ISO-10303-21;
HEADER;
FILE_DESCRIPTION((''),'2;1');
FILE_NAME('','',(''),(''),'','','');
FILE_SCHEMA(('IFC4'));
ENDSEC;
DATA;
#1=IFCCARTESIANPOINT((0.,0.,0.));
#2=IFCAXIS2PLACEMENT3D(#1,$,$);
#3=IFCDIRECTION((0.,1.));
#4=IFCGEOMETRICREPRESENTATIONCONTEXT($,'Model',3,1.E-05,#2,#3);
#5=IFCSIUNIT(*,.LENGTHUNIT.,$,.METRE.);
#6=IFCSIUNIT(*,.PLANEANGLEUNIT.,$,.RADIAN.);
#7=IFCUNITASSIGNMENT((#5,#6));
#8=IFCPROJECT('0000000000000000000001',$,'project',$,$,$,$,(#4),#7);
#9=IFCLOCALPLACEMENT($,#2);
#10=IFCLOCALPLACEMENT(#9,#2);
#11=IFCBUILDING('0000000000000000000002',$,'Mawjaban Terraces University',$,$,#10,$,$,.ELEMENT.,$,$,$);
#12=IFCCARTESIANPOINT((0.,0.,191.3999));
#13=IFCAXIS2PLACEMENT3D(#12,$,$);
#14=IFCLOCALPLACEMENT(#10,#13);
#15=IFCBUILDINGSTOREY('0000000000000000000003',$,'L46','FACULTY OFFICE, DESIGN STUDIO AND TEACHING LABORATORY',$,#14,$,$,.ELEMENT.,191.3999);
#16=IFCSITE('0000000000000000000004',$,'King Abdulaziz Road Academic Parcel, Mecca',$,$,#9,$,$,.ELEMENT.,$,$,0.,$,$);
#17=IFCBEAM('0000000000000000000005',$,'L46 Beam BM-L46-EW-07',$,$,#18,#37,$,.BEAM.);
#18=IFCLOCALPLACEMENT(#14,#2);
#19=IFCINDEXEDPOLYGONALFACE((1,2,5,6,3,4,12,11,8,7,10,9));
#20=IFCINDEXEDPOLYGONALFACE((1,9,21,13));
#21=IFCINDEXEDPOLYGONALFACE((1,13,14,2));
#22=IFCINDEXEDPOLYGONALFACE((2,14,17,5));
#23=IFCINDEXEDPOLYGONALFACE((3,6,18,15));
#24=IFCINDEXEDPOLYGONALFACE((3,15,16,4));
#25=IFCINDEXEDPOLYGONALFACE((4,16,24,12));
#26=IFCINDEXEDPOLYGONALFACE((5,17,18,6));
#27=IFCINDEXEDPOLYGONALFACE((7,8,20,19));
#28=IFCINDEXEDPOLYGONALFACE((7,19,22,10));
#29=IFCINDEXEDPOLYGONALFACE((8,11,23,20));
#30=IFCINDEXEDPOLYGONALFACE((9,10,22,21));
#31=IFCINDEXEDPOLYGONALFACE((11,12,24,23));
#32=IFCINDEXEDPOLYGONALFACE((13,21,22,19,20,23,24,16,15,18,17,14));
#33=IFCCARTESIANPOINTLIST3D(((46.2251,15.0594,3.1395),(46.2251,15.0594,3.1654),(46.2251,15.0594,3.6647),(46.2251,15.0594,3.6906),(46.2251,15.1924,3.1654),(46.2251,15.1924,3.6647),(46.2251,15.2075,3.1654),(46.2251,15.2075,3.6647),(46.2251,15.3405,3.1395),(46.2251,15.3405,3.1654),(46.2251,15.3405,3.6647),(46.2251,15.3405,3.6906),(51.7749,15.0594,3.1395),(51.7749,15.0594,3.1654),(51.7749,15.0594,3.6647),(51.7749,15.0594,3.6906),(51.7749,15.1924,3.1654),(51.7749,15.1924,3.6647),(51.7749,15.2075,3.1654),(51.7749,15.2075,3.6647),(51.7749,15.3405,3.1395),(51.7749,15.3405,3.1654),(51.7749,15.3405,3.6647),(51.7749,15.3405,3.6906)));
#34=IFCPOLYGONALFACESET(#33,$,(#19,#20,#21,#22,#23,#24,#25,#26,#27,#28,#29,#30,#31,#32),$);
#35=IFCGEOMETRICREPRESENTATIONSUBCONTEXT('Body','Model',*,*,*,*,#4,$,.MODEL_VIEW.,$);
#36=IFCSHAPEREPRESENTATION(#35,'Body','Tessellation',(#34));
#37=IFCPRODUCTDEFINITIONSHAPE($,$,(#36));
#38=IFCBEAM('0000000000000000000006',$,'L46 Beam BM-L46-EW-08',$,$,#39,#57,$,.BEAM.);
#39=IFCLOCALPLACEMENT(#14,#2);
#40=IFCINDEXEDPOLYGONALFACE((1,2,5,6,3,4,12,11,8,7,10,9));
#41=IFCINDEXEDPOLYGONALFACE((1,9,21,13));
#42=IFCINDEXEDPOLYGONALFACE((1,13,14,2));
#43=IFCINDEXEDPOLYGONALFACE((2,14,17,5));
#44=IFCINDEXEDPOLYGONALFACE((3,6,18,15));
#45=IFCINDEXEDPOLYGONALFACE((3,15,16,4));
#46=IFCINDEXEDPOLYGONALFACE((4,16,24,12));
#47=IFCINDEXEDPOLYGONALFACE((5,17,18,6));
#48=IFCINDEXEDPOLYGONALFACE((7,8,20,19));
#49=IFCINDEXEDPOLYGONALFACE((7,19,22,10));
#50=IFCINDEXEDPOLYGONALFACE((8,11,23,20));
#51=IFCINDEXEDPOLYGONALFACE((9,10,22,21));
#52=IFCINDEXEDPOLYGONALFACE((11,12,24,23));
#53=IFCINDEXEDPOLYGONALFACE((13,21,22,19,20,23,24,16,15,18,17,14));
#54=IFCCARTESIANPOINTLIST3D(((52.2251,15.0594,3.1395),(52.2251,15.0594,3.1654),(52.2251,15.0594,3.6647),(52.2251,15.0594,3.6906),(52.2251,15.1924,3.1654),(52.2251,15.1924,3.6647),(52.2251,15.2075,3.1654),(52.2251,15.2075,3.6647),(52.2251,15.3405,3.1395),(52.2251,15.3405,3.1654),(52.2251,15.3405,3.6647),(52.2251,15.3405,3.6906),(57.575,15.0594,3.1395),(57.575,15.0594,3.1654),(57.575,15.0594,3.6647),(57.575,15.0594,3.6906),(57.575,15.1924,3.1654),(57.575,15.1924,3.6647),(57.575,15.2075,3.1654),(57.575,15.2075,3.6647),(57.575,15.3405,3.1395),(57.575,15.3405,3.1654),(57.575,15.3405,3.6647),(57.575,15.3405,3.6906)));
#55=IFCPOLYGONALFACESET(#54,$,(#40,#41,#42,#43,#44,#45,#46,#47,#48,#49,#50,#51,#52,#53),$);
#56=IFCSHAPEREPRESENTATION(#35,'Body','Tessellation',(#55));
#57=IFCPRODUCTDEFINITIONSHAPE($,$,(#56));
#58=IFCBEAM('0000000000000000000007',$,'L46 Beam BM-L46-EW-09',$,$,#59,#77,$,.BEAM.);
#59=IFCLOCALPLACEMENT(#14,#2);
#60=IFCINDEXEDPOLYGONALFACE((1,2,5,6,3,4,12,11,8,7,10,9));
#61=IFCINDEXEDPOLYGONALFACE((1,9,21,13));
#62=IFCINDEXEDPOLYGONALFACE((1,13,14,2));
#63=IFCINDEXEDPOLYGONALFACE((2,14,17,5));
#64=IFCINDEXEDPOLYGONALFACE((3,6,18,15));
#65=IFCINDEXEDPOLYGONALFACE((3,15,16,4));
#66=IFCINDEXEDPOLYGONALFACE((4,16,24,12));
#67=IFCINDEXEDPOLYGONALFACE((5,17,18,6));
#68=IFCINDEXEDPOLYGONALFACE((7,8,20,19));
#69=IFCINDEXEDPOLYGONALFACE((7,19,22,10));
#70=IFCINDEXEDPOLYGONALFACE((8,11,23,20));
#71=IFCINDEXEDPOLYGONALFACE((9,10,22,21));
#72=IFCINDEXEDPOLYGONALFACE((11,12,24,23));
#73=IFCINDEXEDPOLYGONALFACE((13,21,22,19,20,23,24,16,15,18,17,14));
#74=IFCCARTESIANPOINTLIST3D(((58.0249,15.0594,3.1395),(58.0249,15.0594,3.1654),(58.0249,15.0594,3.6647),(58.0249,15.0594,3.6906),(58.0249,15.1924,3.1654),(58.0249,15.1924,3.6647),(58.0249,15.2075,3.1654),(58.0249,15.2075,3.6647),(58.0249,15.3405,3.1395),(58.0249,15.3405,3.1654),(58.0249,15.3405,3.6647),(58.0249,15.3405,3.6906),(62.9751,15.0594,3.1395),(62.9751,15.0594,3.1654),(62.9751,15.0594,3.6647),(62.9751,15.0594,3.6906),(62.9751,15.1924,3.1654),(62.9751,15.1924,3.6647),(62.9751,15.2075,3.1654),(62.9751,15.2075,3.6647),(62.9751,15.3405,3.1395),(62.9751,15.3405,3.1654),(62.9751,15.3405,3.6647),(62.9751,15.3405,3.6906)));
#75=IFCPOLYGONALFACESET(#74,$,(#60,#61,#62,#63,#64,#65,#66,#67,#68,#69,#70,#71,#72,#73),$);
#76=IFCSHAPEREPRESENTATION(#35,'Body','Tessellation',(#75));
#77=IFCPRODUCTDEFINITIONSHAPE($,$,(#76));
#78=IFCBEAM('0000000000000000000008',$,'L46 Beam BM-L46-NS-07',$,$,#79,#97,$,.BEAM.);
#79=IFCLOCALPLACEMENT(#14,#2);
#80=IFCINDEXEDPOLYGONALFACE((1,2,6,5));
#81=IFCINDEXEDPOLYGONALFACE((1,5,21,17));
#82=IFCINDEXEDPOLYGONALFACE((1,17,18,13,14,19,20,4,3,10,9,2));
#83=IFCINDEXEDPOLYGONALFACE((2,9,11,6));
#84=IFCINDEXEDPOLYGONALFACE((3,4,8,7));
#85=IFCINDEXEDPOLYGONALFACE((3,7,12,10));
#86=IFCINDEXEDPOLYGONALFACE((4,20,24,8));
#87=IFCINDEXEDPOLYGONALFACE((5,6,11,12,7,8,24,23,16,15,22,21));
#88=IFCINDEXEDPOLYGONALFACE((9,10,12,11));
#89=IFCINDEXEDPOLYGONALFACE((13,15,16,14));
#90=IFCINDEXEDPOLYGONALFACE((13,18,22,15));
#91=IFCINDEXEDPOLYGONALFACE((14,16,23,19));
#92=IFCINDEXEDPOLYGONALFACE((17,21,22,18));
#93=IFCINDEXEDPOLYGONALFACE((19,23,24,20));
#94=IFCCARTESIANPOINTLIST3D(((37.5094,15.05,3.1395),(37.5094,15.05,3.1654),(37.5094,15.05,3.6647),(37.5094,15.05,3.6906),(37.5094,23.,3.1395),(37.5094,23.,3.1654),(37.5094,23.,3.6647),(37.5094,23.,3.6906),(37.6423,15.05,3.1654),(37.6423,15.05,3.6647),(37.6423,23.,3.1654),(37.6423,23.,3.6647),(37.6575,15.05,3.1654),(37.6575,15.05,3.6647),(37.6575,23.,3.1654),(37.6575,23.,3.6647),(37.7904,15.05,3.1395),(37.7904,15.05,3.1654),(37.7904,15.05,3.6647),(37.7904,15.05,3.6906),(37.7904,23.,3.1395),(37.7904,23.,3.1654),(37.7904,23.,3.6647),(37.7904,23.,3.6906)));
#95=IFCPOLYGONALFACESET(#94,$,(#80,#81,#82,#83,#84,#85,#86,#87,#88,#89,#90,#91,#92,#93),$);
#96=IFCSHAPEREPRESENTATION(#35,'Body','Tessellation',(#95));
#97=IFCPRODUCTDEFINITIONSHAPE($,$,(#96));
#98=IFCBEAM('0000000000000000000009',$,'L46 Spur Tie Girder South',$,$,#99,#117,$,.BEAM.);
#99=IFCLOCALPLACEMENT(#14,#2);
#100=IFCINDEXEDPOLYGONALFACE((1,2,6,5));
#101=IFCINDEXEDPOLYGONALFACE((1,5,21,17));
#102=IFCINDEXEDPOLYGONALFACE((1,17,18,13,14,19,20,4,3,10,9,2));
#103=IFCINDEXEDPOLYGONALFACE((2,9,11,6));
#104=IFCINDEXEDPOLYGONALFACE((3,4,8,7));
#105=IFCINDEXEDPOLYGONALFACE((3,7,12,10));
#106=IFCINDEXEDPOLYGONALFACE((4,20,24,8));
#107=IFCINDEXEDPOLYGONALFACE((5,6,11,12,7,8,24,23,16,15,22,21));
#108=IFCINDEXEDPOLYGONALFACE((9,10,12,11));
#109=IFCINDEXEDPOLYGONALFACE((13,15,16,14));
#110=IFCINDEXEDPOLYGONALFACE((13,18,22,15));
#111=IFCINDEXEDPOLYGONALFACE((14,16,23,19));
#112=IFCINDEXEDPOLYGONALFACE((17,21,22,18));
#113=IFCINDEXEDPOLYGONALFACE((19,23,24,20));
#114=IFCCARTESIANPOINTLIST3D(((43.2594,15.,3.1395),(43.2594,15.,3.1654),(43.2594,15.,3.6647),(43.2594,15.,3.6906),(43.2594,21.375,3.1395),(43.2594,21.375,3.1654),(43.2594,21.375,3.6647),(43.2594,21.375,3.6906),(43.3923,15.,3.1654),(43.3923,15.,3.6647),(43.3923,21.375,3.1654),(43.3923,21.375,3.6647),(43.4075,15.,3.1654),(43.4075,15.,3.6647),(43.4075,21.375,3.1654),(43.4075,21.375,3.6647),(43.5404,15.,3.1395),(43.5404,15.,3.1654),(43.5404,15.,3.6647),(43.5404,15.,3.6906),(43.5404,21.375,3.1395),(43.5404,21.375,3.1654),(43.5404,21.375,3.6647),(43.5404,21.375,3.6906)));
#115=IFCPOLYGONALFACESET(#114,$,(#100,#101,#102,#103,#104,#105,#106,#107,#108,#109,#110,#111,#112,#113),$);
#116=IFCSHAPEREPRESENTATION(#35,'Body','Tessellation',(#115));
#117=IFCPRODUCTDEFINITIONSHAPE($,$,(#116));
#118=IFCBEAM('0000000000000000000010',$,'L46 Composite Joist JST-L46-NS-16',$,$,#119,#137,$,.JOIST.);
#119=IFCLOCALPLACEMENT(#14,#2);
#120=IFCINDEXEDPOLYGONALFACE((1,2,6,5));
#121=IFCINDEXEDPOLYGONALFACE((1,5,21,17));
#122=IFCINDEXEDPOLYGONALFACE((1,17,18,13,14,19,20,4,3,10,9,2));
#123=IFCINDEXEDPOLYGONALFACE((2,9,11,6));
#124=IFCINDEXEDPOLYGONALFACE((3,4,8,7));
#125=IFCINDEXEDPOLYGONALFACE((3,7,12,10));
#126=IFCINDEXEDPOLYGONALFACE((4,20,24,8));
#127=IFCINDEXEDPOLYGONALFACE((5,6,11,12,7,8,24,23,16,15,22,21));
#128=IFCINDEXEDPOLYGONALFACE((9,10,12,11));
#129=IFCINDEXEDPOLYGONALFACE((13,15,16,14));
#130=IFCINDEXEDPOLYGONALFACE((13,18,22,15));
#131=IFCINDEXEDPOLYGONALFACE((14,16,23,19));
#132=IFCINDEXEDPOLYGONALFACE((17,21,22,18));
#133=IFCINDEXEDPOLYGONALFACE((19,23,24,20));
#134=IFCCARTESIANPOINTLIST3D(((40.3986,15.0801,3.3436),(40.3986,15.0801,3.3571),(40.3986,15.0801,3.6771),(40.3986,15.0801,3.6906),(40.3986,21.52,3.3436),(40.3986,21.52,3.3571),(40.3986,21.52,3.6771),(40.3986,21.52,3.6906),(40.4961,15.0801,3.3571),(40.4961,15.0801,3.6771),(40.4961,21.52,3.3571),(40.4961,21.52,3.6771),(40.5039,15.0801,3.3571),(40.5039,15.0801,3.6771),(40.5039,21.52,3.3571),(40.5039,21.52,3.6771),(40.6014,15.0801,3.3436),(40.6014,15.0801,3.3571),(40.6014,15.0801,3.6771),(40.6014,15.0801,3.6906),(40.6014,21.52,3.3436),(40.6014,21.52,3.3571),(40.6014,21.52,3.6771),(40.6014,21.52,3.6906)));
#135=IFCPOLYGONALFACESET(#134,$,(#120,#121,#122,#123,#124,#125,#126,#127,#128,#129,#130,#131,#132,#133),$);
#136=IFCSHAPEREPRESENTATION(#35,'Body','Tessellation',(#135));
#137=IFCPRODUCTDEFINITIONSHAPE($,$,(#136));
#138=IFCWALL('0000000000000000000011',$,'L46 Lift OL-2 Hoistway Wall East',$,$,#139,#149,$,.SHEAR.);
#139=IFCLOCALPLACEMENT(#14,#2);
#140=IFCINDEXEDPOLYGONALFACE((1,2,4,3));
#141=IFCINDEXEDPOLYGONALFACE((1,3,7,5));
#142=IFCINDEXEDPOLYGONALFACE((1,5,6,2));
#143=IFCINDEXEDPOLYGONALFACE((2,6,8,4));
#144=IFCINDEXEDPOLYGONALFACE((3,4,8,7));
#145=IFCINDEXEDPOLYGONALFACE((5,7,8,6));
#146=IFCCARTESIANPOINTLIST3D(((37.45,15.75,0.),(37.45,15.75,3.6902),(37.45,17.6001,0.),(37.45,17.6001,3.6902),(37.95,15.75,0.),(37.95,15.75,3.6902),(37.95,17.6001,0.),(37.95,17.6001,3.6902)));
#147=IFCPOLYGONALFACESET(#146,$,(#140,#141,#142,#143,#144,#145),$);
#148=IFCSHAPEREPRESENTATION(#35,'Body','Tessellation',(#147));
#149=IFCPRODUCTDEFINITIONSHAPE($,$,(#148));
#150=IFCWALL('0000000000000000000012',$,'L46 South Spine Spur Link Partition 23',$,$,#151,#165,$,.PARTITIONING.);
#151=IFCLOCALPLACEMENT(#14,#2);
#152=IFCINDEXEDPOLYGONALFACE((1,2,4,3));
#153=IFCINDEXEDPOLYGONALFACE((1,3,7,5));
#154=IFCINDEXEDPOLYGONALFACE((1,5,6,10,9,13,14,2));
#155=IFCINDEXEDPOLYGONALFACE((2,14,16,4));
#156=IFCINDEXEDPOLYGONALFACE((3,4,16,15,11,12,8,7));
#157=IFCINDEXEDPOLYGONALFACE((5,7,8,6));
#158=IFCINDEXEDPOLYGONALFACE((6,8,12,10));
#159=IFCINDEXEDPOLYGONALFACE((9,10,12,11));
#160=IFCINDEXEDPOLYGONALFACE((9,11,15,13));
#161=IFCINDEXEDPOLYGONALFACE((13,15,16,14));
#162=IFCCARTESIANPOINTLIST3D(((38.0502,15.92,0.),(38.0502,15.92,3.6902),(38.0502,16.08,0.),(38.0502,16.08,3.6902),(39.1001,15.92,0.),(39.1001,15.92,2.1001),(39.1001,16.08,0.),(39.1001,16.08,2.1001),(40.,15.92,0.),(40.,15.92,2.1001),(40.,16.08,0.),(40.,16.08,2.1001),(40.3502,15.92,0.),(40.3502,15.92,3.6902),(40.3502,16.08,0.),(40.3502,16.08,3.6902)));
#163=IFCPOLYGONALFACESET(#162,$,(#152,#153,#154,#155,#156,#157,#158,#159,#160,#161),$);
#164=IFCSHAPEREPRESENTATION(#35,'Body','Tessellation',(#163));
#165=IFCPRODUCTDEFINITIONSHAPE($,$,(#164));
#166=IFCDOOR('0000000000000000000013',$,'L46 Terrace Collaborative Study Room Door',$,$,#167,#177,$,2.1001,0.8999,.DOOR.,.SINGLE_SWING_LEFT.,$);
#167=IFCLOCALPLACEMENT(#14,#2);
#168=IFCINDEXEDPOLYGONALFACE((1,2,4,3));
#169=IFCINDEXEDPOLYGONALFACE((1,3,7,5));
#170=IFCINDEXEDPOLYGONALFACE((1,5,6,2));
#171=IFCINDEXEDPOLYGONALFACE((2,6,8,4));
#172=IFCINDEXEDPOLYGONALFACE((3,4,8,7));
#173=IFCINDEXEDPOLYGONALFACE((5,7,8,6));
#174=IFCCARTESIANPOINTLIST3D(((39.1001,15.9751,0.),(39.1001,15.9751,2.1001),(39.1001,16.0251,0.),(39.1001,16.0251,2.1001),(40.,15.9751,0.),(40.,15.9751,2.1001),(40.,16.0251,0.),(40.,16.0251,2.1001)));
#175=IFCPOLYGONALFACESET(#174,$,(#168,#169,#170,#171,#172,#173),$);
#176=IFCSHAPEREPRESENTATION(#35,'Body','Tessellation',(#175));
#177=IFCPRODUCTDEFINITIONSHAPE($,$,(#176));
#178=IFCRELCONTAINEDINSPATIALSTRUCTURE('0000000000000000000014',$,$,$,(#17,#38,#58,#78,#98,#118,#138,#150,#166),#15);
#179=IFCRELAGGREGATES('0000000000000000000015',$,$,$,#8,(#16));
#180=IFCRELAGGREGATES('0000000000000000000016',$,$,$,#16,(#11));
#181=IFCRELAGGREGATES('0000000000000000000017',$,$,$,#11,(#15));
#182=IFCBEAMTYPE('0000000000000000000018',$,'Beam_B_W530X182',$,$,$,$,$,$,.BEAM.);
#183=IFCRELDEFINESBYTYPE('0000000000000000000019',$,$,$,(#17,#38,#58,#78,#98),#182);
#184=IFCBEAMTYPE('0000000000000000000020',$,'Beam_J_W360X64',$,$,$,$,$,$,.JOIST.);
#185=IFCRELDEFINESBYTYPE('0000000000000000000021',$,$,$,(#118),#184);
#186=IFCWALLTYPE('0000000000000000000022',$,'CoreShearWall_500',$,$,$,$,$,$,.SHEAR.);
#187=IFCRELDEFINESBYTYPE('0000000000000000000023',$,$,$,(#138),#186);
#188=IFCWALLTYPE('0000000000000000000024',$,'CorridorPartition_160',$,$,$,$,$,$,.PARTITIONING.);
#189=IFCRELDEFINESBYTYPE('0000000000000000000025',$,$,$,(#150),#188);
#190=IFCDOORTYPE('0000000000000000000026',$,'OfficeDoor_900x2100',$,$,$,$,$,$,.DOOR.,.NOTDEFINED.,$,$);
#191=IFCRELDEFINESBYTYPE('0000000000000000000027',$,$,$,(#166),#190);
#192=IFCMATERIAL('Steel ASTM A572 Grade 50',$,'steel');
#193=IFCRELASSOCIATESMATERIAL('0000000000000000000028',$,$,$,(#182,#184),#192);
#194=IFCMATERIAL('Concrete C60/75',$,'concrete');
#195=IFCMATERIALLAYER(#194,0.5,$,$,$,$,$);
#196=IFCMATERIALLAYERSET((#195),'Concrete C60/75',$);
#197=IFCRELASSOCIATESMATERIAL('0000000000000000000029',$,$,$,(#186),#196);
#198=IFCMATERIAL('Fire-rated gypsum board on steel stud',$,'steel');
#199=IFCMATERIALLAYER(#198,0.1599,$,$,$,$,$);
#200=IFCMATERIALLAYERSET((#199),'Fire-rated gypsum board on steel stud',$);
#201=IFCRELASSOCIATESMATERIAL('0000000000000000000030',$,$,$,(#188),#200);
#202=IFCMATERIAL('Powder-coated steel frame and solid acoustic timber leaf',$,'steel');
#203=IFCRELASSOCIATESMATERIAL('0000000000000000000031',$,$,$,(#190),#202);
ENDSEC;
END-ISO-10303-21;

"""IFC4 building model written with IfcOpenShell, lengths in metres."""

from ifc_helpers import new_model, si_unit, direction, frame, frame_2d, origin, origin_2d, place, context, subcontext, project, spatial, rectangle, i_section, extrude, material, layer, layer_set, material_profile, profile_set, type_object, element, fill, save


model = new_model("IFC4")

# Units and contexts
model_context = context("Model", 3, precision=1e-05, world=origin(), true_north=direction((0.0, 1.0)))
body_context = subcontext(model_context, "Body", "Model", "MODEL_VIEW")
ifc_project = project(units=[si_unit("LENGTHUNIT", "METRE"), si_unit("PLANEANGLEUNIT", "RADIAN")], contexts=[model_context])

# Site, building, storey
site_placement = place(None, origin())
site = spatial("IfcSite", under=ifc_project, at=site_placement, Name="King Abdulaziz Road Academic Parcel, Mecca", CompositionType="ELEMENT", RefElevation=0.0)
building_placement = place(site_placement, origin())
building = spatial("IfcBuilding", under=site, at=building_placement, Name="Mawjaban Terraces University", CompositionType="ELEMENT")
storey_placement = place(building_placement, frame((0.0, 0.0, 191.3999)))
storey = spatial("IfcBuildingStorey", under=building, at=storey_placement, Name="L46", Description="FACULTY OFFICE, DESIGN STUDIO AND TEACHING LABORATORY", CompositionType="ELEMENT", Elevation=191.3999)

# Beams
ifc_material_1 = material(Name="Steel ASTM A572 Grade 50", Category="steel")
ifc_material_profile_1 = material_profile(ifc_material_1, i_section(OverallWidth=0.281, OverallDepth=0.551, WebThickness=0.0151, FlangeThickness=0.0259, at=origin_2d()), Name="W530X182")
ifc_profile_set_1 = profile_set([ifc_material_profile_1], Name="Steel ASTM A572 Grade 50")
beam_type_1 = type_object("IfcBeamType", Name="Beam_B_W530X182", PredefinedType="BEAM", material=ifc_profile_set_1)
beam_1_placement = place(storey_placement, frame((46.2251, 15.2, 3.415), z_axis=(1.0, 0.0, 0.0), x_axis=(0.0, 1.0, 0.0)))
element("IfcBeam", 1, at=beam_1_placement, inside=storey, type_object=beam_type_1, Name="L46 Beam BM-L46-EW-07", PredefinedType="BEAM", context=body_context, shape_type="SweptSolid", body=[
    extrude(i_section(OverallWidth=0.281, OverallDepth=0.551, WebThickness=0.0151, FlangeThickness=0.0259, at=origin_2d()), origin(), (0.0, 0.0, 1.0), 5.5498),
])
beam_2_placement = place(storey_placement, frame((52.2251, 15.2, 3.415), z_axis=(1.0, 0.0, 0.0), x_axis=(0.0, 1.0, 0.0)))
element("IfcBeam", 2, at=beam_2_placement, inside=storey, type_object=beam_type_1, Name="L46 Beam BM-L46-EW-08", PredefinedType="BEAM", context=body_context, shape_type="SweptSolid", body=[
    extrude(i_section(OverallWidth=0.281, OverallDepth=0.551, WebThickness=0.0151, FlangeThickness=0.0259, at=origin_2d()), origin(), (0.0, 0.0, 1.0), 5.3499),
])
beam_3_placement = place(storey_placement, frame((58.0249, 15.2, 3.415), z_axis=(1.0, 0.0, 0.0), x_axis=(0.0, 1.0, 0.0)))
element("IfcBeam", 3, at=beam_3_placement, inside=storey, type_object=beam_type_1, Name="L46 Beam BM-L46-EW-09", PredefinedType="BEAM", context=body_context, shape_type="SweptSolid", body=[
    extrude(i_section(OverallWidth=0.281, OverallDepth=0.551, WebThickness=0.0151, FlangeThickness=0.0259, at=origin_2d()), origin(), (0.0, 0.0, 1.0), 4.9502),
])
beam_4_placement = place(storey_placement, frame((37.6499, 15.05, 3.415), z_axis=(0.0, 1.0, 0.0), x_axis=(-1.0, 0.0, 0.0)))
element("IfcBeam", 4, at=beam_4_placement, inside=storey, type_object=beam_type_1, Name="L46 Beam BM-L46-NS-07", PredefinedType="BEAM", context=body_context, shape_type="SweptSolid", body=[
    extrude(i_section(OverallWidth=0.281, OverallDepth=0.551, WebThickness=0.0151, FlangeThickness=0.0259, at=origin_2d()), origin(), (0.0, 0.0, 1.0), 7.95),
])
beam_5_placement = place(storey_placement, frame((43.3999, 15.0, 3.415), z_axis=(0.0, 1.0, 0.0), x_axis=(-1.0, 0.0, 0.0)))
element("IfcBeam", 5, at=beam_5_placement, inside=storey, type_object=beam_type_1, Name="L46 Spur Tie Girder South", PredefinedType="BEAM", context=body_context, shape_type="SweptSolid", body=[
    extrude(i_section(OverallWidth=0.281, OverallDepth=0.551, WebThickness=0.0151, FlangeThickness=0.0259, at=origin_2d()), origin(), (0.0, 0.0, 1.0), 6.375),
])
ifc_material_profile_2 = material_profile(ifc_material_1, i_section(OverallWidth=0.2029, OverallDepth=0.3469, WebThickness=0.0078, FlangeThickness=0.0134, at=origin_2d()), Name="W360X64")
ifc_profile_set_2 = profile_set([ifc_material_profile_2], Name="Steel ASTM A572 Grade 50")
beam_type_2 = type_object("IfcBeamType", Name="Beam_J_W360X64", PredefinedType="JOIST", material=ifc_profile_set_2)
beam_6_placement = place(storey_placement, frame((40.5, 15.0801, 3.5171), z_axis=(0.0, 1.0, 0.0), x_axis=(-1.0, 0.0, 0.0)))
element("IfcBeam", 6, at=beam_6_placement, inside=storey, type_object=beam_type_2, Name="L46 Composite Joist JST-L46-NS-16", PredefinedType="JOIST", context=body_context, shape_type="SweptSolid", body=[
    extrude(i_section(OverallWidth=0.2029, OverallDepth=0.3469, WebThickness=0.0078, FlangeThickness=0.0134, at=origin_2d()), origin(), (0.0, 0.0, 1.0), 6.4399),
])

# Wall
ifc_material_2 = material(Name="Concrete C60/75", Category="concrete")
ifc_layer_1 = layer(ifc_material_2, 0.5)
ifc_layer_set_1 = layer_set([ifc_layer_1], Name="Concrete C60/75")
wall_type_1 = type_object("IfcWallType", Name="CoreShearWall_500", PredefinedType="SHEAR", material=ifc_layer_set_1)
wall_1_placement = place(storey_placement, frame((37.7, 15.75, 0.0), z_axis=(0.0, 0.0, 1.0), x_axis=(0.0, 1.0, 0.0)))
element("IfcWall", 7, at=wall_1_placement, inside=storey, type_object=wall_type_1, Name="L46 Lift OL-2 Hoistway Wall East", PredefinedType="SHEAR", context=body_context, shape_type="SweptSolid", body=[
    extrude(rectangle(XDim=1.8501, YDim=0.5, at=frame_2d((0.925, 0.0))), origin(), (0.0, 0.0, 1.0), 3.6902),
])

# Wall, opening, door
ifc_material_3 = material(Name="Fire-rated gypsum board on steel stud", Category="steel")
ifc_layer_2 = layer(ifc_material_3, 0.1599)
ifc_layer_set_2 = layer_set([ifc_layer_2], Name="Fire-rated gypsum board on steel stud")
wall_type_2 = type_object("IfcWallType", Name="CorridorPartition_160", PredefinedType="PARTITIONING", material=ifc_layer_set_2)
wall_2_placement = place(storey_placement, frame((40.3501, 16.0, 0.0), z_axis=(0.0, 0.0, 1.0), x_axis=(-1.0, 0.0, 0.0)))
wall_2 = element("IfcWall", 8, at=wall_2_placement, inside=storey, type_object=wall_type_2, Name="L46 South Spine Spur Link Partition 23", PredefinedType="PARTITIONING", context=body_context, shape_type="SweptSolid", body=[
    extrude(rectangle(XDim=2.3, YDim=0.1599, at=frame_2d((1.1499, 0.0))), origin(), (0.0, 0.0, 1.0), 3.6902),
])
opening_1_placement = place(wall_2_placement, frame((0.3501, 0.0, 0.0)))
opening_1 = element("IfcOpeningElement", 9, at=opening_1_placement, cuts=wall_2, PredefinedType="OPENING", context=body_context, shape_type="SweptSolid", body=[
    extrude(rectangle(XDim=0.8999, YDim=2.1001, at=frame_2d((0.45, 1.05))), frame((0.0, 0.0898, 0.0), z_axis=(0.0, -1.0, 0.0), x_axis=(1.0, 0.0, 0.0)), (0.0, 0.0, 1.0), 0.1799),
])
ifc_material_4 = material(Name="Powder-coated steel frame and solid acoustic timber leaf", Category="steel")
door_type_1 = type_object("IfcDoorType", Name="OfficeDoor_900x2100", OperationType="NOTDEFINED", PredefinedType="DOOR", material=ifc_material_4)
door_1_placement = place(opening_1_placement, origin())
door_1 = element("IfcDoor", 10, at=door_1_placement, inside=storey, type_object=door_type_1, Name="L46 Terrace Collaborative Study Room Door", OperationType="SINGLE_SWING_LEFT", OverallHeight=2.1001, OverallWidth=0.8999, PredefinedType="DOOR", context=body_context, shape_type="SweptSolid", body=[
    extrude(rectangle(XDim=0.8999, YDim=2.1001, at=frame_2d((0.45, 1.05))), frame((0.0, 0.0249, 0.0), z_axis=(0.0, -1.0, 0.0), x_axis=(1.0, 0.0, 0.0)), (0.0, 0.0, 1.0), 0.05),
])
fill(opening_1, door_1)

save(model, "model.ifc")
